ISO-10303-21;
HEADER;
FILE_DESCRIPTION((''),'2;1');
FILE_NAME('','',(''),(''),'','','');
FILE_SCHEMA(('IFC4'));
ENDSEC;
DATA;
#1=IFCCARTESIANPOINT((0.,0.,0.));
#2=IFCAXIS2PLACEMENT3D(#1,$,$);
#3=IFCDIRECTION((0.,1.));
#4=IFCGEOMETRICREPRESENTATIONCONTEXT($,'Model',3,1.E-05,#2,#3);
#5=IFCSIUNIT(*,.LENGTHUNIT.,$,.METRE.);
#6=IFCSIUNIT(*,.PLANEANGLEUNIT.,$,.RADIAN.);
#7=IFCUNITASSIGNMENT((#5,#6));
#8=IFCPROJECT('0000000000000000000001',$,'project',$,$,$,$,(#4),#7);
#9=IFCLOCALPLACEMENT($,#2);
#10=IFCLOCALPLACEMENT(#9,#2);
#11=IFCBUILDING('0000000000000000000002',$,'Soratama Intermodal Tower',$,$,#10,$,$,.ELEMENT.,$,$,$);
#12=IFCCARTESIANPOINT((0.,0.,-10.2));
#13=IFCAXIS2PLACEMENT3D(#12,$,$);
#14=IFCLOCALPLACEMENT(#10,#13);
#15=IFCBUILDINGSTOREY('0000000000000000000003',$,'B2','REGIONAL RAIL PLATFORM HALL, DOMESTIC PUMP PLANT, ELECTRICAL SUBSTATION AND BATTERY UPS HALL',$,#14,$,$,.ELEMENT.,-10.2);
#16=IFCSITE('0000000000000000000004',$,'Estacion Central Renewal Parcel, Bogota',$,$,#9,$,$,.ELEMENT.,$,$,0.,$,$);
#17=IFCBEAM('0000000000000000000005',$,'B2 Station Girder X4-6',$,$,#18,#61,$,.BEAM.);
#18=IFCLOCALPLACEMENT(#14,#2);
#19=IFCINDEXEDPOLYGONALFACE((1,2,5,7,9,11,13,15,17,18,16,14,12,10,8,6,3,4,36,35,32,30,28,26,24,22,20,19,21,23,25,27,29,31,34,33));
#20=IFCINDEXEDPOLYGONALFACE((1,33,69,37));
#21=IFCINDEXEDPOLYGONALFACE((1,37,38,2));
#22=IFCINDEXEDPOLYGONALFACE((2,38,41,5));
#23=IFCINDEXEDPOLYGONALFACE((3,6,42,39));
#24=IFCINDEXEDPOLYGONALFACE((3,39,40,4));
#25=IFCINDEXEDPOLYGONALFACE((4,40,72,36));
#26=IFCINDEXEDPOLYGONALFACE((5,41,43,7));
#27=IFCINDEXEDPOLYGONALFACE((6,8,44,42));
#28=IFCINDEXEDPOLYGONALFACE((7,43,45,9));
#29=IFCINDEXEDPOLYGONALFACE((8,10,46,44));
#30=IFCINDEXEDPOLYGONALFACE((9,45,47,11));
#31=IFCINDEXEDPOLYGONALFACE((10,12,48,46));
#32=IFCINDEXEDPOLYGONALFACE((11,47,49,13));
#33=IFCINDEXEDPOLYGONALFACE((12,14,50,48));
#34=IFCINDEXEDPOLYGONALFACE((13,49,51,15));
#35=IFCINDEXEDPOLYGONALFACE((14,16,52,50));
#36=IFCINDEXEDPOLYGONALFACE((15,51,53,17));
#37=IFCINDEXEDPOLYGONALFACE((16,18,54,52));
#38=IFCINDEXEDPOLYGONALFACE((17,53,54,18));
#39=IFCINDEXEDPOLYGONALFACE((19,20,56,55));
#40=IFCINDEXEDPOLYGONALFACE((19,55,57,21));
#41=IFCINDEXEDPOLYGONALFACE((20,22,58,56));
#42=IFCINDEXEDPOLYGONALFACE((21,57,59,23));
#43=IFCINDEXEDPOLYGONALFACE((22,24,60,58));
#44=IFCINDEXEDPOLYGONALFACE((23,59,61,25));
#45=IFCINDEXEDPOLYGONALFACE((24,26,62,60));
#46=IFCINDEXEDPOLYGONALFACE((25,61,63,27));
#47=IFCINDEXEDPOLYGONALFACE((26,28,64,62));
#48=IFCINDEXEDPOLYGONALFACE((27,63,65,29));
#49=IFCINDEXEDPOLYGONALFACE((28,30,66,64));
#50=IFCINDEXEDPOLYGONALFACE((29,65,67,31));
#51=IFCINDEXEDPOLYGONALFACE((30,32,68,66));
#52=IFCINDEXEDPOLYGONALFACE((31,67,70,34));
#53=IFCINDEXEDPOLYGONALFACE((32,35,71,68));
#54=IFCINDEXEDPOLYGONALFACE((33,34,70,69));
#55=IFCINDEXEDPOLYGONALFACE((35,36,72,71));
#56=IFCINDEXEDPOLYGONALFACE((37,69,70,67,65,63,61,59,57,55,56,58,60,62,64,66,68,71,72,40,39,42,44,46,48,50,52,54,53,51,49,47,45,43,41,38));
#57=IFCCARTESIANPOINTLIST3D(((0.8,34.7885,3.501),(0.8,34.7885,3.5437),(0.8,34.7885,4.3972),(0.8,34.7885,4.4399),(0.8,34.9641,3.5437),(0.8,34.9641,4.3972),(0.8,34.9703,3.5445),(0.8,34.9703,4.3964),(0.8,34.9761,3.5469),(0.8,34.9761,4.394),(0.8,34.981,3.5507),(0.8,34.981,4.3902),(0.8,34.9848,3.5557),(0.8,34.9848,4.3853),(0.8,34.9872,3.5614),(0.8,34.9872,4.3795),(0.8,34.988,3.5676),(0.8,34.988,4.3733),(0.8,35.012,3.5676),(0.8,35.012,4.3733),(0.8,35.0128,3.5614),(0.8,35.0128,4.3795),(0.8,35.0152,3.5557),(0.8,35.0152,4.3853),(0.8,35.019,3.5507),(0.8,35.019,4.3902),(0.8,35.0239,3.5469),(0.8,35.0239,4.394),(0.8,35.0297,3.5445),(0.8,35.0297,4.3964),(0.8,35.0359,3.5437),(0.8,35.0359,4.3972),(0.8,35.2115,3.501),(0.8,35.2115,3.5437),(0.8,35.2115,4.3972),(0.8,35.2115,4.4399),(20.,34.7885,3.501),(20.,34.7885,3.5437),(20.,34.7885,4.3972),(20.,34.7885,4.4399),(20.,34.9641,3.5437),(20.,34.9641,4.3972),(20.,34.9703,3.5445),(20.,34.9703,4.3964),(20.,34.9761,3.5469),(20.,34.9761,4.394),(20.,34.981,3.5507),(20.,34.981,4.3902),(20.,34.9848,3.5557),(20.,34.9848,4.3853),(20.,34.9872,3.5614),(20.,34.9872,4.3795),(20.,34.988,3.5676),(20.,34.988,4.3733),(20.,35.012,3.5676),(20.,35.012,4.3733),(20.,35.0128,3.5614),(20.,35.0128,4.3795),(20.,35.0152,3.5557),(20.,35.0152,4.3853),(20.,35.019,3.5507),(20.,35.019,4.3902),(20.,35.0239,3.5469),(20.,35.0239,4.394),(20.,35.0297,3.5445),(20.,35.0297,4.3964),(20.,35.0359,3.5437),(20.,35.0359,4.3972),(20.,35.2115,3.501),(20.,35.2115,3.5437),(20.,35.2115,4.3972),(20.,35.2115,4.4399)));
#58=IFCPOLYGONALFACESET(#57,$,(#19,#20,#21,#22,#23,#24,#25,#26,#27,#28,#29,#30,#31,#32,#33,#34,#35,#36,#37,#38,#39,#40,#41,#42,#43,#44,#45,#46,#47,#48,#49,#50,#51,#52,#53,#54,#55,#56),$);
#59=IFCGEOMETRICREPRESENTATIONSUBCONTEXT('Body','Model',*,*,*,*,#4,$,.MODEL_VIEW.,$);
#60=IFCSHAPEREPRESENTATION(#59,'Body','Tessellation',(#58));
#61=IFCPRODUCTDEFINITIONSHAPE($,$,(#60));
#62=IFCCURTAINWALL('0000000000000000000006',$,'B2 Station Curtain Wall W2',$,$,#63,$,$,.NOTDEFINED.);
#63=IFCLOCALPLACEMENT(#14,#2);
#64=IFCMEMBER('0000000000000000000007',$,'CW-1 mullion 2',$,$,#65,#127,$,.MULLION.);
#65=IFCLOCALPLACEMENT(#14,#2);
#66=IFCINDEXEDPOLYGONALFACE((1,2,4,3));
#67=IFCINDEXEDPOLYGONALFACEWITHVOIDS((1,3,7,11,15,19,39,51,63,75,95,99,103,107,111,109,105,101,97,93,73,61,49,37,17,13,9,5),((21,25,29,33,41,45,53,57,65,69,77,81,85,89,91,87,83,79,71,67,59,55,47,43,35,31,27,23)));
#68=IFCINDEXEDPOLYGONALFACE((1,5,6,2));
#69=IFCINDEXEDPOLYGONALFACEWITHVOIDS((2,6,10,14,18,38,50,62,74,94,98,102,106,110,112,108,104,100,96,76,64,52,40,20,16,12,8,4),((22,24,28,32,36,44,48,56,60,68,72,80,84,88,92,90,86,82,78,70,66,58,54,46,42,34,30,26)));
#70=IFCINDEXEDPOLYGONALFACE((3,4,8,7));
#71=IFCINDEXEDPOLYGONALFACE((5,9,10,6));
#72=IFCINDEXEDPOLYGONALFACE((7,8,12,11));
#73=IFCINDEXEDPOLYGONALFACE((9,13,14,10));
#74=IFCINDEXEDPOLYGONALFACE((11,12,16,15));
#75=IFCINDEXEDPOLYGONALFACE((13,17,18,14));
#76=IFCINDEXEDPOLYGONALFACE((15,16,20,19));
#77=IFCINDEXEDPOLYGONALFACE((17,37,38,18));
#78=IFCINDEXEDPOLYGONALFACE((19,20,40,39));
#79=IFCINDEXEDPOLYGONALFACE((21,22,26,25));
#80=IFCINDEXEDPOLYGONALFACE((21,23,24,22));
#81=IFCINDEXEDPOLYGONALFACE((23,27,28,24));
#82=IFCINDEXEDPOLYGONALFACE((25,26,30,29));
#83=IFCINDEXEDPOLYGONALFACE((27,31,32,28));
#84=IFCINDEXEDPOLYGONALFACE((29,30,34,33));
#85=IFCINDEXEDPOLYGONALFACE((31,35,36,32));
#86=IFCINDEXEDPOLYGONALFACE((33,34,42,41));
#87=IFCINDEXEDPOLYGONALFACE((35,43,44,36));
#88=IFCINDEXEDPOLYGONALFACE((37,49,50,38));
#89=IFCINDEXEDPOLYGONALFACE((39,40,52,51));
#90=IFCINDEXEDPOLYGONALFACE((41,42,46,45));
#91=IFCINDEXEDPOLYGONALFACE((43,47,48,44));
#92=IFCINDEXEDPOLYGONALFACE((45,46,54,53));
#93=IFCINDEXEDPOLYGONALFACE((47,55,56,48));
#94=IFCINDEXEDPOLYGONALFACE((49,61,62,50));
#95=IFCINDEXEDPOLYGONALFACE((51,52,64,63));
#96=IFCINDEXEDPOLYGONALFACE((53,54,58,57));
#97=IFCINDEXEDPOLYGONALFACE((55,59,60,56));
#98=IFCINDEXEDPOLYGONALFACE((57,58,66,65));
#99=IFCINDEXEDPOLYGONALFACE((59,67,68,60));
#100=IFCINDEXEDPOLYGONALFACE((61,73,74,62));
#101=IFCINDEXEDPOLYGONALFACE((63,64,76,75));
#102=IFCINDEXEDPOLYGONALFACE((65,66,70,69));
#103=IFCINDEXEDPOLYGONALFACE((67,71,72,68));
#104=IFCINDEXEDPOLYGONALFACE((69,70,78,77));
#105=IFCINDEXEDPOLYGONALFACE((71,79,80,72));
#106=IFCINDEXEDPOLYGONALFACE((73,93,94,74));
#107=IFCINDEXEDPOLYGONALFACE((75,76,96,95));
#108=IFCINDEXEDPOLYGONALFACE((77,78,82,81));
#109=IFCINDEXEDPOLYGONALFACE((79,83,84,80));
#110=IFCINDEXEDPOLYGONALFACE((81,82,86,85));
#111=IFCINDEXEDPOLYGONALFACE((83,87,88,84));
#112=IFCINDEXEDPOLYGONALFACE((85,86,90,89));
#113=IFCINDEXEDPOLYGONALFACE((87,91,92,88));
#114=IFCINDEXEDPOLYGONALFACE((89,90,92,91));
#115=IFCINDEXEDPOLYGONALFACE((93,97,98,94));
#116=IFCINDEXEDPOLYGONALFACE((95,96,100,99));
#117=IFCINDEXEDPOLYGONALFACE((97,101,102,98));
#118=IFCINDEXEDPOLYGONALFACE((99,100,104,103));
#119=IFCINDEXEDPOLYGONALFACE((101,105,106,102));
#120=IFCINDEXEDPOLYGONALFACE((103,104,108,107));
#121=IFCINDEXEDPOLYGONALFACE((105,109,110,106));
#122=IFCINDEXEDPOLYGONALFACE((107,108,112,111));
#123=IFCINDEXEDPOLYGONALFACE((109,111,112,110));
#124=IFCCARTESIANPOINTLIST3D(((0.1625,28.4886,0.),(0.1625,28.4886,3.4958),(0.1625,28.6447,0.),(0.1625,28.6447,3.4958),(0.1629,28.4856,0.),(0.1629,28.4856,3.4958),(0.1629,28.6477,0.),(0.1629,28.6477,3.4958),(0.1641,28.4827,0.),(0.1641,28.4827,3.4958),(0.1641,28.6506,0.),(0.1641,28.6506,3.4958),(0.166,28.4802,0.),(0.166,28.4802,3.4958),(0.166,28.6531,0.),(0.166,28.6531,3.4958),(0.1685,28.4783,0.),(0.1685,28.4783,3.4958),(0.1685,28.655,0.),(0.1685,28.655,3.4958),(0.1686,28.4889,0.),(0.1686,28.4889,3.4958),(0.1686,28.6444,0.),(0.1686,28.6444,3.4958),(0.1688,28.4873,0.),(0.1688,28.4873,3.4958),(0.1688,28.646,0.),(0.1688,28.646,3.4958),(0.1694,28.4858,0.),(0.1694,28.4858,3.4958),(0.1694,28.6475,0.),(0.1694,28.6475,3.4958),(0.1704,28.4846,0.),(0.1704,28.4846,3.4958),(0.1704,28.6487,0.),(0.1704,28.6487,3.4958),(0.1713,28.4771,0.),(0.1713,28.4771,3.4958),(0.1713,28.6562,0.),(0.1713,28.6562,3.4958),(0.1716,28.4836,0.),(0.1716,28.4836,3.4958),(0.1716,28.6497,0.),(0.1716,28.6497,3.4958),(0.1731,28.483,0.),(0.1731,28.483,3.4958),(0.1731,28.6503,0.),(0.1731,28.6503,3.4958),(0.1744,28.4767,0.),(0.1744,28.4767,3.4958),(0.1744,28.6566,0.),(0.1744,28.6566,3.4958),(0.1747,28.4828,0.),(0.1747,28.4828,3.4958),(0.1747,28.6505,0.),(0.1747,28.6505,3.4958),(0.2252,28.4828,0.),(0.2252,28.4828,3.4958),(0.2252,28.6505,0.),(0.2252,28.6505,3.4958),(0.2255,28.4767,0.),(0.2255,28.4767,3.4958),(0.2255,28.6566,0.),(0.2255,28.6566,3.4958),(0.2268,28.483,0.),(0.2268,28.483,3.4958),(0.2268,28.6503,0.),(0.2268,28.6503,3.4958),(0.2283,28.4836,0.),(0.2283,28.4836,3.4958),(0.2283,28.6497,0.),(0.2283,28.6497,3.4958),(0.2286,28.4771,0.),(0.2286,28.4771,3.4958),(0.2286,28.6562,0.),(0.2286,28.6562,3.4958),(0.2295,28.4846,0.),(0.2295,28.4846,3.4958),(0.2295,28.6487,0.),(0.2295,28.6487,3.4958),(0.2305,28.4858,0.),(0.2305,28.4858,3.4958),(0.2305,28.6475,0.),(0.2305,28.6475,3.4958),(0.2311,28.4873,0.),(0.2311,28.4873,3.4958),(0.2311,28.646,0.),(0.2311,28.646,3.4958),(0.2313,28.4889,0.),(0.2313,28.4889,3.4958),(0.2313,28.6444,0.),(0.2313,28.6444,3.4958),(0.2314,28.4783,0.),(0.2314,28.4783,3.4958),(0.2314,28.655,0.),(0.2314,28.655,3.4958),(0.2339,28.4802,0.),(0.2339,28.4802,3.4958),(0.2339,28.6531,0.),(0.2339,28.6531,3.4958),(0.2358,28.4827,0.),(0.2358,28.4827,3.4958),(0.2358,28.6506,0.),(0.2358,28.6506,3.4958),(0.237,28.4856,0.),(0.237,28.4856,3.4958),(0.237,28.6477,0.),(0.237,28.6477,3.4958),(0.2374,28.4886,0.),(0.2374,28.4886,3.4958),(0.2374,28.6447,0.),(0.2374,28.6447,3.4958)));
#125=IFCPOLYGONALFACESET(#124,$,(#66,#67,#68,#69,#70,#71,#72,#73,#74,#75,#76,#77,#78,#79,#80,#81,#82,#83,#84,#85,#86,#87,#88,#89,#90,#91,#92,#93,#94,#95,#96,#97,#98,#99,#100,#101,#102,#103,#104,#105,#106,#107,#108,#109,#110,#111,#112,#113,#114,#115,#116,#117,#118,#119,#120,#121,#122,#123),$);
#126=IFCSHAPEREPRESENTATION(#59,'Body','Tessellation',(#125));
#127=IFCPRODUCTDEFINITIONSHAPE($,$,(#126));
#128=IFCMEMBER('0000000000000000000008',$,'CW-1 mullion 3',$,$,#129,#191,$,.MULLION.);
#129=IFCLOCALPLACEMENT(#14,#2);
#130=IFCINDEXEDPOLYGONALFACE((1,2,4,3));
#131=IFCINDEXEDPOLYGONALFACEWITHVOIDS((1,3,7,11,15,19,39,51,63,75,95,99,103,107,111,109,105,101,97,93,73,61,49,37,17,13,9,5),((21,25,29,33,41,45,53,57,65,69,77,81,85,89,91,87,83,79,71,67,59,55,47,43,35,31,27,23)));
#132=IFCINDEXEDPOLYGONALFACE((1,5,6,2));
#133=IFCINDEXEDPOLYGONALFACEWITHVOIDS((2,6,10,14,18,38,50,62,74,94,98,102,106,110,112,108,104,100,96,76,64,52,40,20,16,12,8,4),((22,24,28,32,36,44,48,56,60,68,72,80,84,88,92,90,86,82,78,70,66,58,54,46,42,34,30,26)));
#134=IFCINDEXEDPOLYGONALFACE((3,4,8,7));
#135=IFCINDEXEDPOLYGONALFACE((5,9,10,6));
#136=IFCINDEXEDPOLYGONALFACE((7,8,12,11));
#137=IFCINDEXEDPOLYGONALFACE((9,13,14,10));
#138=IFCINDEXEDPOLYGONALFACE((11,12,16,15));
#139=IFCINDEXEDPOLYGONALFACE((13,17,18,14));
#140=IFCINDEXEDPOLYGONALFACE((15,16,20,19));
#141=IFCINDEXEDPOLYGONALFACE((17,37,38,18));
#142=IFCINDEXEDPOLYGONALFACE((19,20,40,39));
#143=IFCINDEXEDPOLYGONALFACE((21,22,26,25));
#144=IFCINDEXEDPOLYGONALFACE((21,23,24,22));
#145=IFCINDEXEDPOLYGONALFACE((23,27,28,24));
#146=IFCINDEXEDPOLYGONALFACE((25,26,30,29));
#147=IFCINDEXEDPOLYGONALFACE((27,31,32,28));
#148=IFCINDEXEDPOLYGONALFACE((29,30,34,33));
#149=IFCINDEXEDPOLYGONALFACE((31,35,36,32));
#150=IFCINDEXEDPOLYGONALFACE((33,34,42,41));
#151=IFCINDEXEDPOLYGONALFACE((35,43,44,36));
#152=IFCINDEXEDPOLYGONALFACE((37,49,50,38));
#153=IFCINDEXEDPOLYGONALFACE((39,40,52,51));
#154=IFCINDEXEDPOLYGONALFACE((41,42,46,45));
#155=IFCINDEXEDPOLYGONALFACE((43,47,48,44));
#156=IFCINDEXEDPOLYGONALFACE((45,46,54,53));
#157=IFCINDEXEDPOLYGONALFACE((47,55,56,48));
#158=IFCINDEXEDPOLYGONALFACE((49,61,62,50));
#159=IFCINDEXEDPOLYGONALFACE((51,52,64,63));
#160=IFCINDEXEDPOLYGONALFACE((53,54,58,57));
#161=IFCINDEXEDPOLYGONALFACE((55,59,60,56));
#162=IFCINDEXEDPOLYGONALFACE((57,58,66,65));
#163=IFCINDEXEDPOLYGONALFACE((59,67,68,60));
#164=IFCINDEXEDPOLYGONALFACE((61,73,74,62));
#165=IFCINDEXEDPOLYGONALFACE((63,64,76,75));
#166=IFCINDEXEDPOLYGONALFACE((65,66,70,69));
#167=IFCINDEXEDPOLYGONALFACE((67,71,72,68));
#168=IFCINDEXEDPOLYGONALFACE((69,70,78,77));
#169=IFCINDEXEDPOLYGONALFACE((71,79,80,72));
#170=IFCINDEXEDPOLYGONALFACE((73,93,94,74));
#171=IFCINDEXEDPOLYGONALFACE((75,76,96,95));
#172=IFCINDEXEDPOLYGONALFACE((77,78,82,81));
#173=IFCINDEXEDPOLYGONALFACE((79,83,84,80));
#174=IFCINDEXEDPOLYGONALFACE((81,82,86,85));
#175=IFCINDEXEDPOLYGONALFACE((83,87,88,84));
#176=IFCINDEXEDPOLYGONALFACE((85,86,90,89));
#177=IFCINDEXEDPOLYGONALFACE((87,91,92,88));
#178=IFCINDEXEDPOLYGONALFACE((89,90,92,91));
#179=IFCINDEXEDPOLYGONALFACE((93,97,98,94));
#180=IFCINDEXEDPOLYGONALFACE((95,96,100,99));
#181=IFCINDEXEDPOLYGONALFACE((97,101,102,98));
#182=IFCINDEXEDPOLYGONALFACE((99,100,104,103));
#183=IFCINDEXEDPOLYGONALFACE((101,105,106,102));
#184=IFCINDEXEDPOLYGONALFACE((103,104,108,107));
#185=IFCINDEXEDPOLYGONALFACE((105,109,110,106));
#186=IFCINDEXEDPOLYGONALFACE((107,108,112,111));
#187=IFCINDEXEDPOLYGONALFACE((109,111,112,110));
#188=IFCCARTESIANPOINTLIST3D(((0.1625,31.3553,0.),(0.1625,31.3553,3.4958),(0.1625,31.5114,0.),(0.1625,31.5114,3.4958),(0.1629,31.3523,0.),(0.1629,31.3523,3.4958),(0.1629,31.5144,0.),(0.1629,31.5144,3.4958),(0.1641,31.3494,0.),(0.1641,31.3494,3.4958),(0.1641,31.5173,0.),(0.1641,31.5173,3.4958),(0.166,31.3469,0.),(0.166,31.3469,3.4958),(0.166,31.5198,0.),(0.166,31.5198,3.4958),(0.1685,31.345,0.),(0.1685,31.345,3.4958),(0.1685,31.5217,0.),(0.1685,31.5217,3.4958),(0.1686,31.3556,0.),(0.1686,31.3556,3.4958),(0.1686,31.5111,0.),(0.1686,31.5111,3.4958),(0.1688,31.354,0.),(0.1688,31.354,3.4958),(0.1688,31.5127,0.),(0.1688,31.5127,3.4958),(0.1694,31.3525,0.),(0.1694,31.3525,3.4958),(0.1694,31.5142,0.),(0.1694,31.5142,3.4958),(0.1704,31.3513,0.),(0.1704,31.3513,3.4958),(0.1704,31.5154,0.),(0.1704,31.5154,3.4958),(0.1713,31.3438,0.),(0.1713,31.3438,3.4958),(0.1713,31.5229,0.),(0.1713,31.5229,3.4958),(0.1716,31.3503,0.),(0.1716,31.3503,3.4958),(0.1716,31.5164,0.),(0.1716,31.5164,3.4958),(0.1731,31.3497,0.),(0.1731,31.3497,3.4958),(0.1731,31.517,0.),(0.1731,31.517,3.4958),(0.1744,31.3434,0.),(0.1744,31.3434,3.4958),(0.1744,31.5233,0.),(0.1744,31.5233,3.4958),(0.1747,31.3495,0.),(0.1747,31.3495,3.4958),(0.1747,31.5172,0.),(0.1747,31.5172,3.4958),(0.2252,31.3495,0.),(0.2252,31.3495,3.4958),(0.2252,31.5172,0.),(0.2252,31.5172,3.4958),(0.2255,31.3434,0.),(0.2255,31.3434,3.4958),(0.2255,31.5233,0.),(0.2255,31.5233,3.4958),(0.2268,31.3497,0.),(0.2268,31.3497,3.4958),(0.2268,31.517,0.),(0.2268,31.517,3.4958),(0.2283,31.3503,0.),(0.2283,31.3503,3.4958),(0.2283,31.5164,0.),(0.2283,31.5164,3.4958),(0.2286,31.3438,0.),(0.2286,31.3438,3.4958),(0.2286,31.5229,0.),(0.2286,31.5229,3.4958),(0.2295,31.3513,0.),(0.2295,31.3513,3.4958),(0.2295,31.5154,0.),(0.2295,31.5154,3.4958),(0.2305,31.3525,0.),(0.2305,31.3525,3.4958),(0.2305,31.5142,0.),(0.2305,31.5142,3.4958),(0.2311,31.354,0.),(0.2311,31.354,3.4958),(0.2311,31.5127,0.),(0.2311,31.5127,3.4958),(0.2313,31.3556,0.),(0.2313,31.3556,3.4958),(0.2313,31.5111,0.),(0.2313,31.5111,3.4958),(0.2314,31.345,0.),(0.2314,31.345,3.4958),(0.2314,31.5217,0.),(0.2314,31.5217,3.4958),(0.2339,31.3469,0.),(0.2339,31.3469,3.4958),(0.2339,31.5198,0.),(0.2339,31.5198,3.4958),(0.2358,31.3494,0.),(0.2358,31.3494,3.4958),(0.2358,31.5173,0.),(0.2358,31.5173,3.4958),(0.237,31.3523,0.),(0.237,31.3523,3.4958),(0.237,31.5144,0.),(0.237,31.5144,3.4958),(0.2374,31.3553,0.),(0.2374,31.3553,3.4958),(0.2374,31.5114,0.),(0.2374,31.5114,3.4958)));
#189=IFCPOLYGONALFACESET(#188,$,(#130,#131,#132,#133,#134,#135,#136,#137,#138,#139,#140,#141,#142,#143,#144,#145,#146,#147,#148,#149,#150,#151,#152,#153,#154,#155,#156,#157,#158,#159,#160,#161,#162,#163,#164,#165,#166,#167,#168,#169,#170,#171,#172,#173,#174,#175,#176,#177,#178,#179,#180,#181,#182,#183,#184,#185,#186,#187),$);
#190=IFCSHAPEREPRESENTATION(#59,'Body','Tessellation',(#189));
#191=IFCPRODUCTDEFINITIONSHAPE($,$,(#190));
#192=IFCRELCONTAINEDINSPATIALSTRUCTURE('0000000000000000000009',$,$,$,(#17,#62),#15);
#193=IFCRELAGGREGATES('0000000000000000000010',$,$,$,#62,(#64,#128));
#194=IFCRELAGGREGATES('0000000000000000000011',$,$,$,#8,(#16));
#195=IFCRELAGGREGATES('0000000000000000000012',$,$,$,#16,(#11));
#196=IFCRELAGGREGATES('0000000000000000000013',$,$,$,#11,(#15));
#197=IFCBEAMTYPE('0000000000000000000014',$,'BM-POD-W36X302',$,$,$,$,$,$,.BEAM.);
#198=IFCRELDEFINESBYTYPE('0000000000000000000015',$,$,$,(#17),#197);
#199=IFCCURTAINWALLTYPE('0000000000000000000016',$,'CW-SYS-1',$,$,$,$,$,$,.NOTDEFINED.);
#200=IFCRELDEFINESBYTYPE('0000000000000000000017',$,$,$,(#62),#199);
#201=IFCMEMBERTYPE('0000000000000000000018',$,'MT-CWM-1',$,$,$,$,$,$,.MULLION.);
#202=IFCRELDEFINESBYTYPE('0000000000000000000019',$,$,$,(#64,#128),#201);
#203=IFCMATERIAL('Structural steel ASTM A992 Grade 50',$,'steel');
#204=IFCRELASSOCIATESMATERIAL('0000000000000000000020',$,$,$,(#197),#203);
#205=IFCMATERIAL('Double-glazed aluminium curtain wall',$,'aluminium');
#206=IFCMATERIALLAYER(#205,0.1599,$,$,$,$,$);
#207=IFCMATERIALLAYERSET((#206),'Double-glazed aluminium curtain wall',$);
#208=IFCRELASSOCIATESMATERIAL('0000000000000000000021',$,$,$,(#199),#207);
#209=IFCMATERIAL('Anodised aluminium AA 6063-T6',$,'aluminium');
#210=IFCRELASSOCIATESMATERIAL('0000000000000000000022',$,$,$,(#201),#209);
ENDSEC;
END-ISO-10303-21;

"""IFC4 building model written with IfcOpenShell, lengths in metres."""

from ifc_helpers import new_model, si_unit, direction, frame, origin, origin_2d, place, context, subcontext, project, spatial, hollow_rectangle, i_section, extrude, material, layer, layer_set, material_profile, profile_set, type_object, element, aggregate, save


model = new_model("IFC4")

# Units and contexts
model_context = context("Model", 3, precision=1e-05, world=origin(), true_north=direction((0.0, 1.0)))
body_context = subcontext(model_context, "Body", "Model", "MODEL_VIEW")
ifc_project = project(units=[si_unit("LENGTHUNIT", "METRE"), si_unit("PLANEANGLEUNIT", "RADIAN")], contexts=[model_context])

# Site, building, storey
site_placement = place(None, origin())
site = spatial("IfcSite", under=ifc_project, at=site_placement, Name="Estacion Central Renewal Parcel, Bogota", CompositionType="ELEMENT", RefElevation=0.0)
building_placement = place(site_placement, origin())
building = spatial("IfcBuilding", under=site, at=building_placement, Name="Soratama Intermodal Tower", CompositionType="ELEMENT")
storey_placement = place(building_placement, frame((0.0, 0.0, -10.2)))
storey = spatial("IfcBuildingStorey", under=building, at=storey_placement, Name="B2", Description="REGIONAL RAIL PLATFORM HALL, DOMESTIC PUMP PLANT, ELECTRICAL SUBSTATION AND BATTERY UPS HALL", CompositionType="ELEMENT", Elevation=-10.2)

# Beam
ifc_material_1 = material(Name="Structural steel ASTM A992 Grade 50", Category="steel")
ifc_material_profile_1 = material_profile(ifc_material_1, i_section(OverallWidth=0.4231, OverallDepth=0.939, WebThickness=0.0239, FlangeThickness=0.0427, FilletRadius=0.0239, at=origin_2d()), Name="W36X302")
ifc_profile_set_1 = profile_set([ifc_material_profile_1], Name="Structural steel ASTM A992 Grade 50")
beam_type_1 = type_object("IfcBeamType", Name="BM-POD-W36X302", PredefinedType="BEAM", material=ifc_profile_set_1)
beam_1_placement = place(storey_placement, frame((0.8, 35.0, 3.9705), z_axis=(1.0, 0.0, 0.0), x_axis=(0.0, 1.0, 0.0)))
element("IfcBeam", 1, at=beam_1_placement, inside=storey, type_object=beam_type_1, Name="B2 Station Girder X4-6", PredefinedType="BEAM", context=body_context, shape_type="SweptSolid", body=[
    extrude(i_section(OverallWidth=0.4231, OverallDepth=0.939, WebThickness=0.0239, FlangeThickness=0.0427, FilletRadius=0.0239, at=origin_2d()), origin(), (0.0, 0.0, 1.0), 19.2),
])

# Curtain wall, members
ifc_material_2 = material(Name="Double-glazed aluminium curtain wall", Category="aluminium")
ifc_layer_1 = layer(ifc_material_2, 0.1599)
ifc_layer_set_1 = layer_set([ifc_layer_1], Name="Double-glazed aluminium curtain wall")
curtain_wall_type = type_object("IfcCurtainWallType", Name="CW-SYS-1", PredefinedType="NOTDEFINED", material=ifc_layer_set_1)
curtain_wall_placement = place(storey_placement, origin())
curtain_wall = element("IfcCurtainWall", 2, at=curtain_wall_placement, inside=storey, type_object=curtain_wall_type, Name="B2 Station Curtain Wall W2", PredefinedType="NOTDEFINED")
ifc_material_3 = material(Name="Anodised aluminium AA 6063-T6", Category="aluminium")
ifc_material_profile_2 = material_profile(ifc_material_3, hollow_rectangle(XDim=0.075, YDim=0.1799, WallThickness=0.0061, InnerFilletRadius=0.0061, OuterFilletRadius=0.012, at=origin_2d()), Name="CWM180X75X6")
ifc_profile_set_2 = profile_set([ifc_material_profile_2], Name="Anodised aluminium AA 6063-T6")
member_type_1 = type_object("IfcMemberType", Name="MT-CWM-1", PredefinedType="MULLION", material=ifc_profile_set_2)
member_1_placement = place(storey_placement, frame((0.2, 28.5667, 0.0), z_axis=(0.0, 0.0, 1.0), x_axis=(-1.0, 0.0, 0.0)))
member_1 = element("IfcMember", 3, at=member_1_placement, type_object=member_type_1, Name="CW-1 mullion 2", PredefinedType="MULLION", context=body_context, shape_type="SweptSolid", body=[
    extrude(hollow_rectangle(XDim=0.075, YDim=0.1799, WallThickness=0.0061, InnerFilletRadius=0.0061, OuterFilletRadius=0.012, at=origin_2d()), origin(), (0.0, 0.0, 1.0), 3.4958),
])
member_2_placement = place(storey_placement, frame((0.2, 31.4333, 0.0), z_axis=(0.0, 0.0, 1.0), x_axis=(-1.0, 0.0, 0.0)))
member_2 = element("IfcMember", 4, at=member_2_placement, type_object=member_type_1, Name="CW-1 mullion 3", PredefinedType="MULLION", context=body_context, shape_type="SweptSolid", body=[
    extrude(hollow_rectangle(XDim=0.075, YDim=0.1799, WallThickness=0.0061, InnerFilletRadius=0.0061, OuterFilletRadius=0.012, at=origin_2d()), origin(), (0.0, 0.0, 1.0), 3.4958),
])
aggregate(curtain_wall, [member_1, member_2])

save(model, "model.ifc")
